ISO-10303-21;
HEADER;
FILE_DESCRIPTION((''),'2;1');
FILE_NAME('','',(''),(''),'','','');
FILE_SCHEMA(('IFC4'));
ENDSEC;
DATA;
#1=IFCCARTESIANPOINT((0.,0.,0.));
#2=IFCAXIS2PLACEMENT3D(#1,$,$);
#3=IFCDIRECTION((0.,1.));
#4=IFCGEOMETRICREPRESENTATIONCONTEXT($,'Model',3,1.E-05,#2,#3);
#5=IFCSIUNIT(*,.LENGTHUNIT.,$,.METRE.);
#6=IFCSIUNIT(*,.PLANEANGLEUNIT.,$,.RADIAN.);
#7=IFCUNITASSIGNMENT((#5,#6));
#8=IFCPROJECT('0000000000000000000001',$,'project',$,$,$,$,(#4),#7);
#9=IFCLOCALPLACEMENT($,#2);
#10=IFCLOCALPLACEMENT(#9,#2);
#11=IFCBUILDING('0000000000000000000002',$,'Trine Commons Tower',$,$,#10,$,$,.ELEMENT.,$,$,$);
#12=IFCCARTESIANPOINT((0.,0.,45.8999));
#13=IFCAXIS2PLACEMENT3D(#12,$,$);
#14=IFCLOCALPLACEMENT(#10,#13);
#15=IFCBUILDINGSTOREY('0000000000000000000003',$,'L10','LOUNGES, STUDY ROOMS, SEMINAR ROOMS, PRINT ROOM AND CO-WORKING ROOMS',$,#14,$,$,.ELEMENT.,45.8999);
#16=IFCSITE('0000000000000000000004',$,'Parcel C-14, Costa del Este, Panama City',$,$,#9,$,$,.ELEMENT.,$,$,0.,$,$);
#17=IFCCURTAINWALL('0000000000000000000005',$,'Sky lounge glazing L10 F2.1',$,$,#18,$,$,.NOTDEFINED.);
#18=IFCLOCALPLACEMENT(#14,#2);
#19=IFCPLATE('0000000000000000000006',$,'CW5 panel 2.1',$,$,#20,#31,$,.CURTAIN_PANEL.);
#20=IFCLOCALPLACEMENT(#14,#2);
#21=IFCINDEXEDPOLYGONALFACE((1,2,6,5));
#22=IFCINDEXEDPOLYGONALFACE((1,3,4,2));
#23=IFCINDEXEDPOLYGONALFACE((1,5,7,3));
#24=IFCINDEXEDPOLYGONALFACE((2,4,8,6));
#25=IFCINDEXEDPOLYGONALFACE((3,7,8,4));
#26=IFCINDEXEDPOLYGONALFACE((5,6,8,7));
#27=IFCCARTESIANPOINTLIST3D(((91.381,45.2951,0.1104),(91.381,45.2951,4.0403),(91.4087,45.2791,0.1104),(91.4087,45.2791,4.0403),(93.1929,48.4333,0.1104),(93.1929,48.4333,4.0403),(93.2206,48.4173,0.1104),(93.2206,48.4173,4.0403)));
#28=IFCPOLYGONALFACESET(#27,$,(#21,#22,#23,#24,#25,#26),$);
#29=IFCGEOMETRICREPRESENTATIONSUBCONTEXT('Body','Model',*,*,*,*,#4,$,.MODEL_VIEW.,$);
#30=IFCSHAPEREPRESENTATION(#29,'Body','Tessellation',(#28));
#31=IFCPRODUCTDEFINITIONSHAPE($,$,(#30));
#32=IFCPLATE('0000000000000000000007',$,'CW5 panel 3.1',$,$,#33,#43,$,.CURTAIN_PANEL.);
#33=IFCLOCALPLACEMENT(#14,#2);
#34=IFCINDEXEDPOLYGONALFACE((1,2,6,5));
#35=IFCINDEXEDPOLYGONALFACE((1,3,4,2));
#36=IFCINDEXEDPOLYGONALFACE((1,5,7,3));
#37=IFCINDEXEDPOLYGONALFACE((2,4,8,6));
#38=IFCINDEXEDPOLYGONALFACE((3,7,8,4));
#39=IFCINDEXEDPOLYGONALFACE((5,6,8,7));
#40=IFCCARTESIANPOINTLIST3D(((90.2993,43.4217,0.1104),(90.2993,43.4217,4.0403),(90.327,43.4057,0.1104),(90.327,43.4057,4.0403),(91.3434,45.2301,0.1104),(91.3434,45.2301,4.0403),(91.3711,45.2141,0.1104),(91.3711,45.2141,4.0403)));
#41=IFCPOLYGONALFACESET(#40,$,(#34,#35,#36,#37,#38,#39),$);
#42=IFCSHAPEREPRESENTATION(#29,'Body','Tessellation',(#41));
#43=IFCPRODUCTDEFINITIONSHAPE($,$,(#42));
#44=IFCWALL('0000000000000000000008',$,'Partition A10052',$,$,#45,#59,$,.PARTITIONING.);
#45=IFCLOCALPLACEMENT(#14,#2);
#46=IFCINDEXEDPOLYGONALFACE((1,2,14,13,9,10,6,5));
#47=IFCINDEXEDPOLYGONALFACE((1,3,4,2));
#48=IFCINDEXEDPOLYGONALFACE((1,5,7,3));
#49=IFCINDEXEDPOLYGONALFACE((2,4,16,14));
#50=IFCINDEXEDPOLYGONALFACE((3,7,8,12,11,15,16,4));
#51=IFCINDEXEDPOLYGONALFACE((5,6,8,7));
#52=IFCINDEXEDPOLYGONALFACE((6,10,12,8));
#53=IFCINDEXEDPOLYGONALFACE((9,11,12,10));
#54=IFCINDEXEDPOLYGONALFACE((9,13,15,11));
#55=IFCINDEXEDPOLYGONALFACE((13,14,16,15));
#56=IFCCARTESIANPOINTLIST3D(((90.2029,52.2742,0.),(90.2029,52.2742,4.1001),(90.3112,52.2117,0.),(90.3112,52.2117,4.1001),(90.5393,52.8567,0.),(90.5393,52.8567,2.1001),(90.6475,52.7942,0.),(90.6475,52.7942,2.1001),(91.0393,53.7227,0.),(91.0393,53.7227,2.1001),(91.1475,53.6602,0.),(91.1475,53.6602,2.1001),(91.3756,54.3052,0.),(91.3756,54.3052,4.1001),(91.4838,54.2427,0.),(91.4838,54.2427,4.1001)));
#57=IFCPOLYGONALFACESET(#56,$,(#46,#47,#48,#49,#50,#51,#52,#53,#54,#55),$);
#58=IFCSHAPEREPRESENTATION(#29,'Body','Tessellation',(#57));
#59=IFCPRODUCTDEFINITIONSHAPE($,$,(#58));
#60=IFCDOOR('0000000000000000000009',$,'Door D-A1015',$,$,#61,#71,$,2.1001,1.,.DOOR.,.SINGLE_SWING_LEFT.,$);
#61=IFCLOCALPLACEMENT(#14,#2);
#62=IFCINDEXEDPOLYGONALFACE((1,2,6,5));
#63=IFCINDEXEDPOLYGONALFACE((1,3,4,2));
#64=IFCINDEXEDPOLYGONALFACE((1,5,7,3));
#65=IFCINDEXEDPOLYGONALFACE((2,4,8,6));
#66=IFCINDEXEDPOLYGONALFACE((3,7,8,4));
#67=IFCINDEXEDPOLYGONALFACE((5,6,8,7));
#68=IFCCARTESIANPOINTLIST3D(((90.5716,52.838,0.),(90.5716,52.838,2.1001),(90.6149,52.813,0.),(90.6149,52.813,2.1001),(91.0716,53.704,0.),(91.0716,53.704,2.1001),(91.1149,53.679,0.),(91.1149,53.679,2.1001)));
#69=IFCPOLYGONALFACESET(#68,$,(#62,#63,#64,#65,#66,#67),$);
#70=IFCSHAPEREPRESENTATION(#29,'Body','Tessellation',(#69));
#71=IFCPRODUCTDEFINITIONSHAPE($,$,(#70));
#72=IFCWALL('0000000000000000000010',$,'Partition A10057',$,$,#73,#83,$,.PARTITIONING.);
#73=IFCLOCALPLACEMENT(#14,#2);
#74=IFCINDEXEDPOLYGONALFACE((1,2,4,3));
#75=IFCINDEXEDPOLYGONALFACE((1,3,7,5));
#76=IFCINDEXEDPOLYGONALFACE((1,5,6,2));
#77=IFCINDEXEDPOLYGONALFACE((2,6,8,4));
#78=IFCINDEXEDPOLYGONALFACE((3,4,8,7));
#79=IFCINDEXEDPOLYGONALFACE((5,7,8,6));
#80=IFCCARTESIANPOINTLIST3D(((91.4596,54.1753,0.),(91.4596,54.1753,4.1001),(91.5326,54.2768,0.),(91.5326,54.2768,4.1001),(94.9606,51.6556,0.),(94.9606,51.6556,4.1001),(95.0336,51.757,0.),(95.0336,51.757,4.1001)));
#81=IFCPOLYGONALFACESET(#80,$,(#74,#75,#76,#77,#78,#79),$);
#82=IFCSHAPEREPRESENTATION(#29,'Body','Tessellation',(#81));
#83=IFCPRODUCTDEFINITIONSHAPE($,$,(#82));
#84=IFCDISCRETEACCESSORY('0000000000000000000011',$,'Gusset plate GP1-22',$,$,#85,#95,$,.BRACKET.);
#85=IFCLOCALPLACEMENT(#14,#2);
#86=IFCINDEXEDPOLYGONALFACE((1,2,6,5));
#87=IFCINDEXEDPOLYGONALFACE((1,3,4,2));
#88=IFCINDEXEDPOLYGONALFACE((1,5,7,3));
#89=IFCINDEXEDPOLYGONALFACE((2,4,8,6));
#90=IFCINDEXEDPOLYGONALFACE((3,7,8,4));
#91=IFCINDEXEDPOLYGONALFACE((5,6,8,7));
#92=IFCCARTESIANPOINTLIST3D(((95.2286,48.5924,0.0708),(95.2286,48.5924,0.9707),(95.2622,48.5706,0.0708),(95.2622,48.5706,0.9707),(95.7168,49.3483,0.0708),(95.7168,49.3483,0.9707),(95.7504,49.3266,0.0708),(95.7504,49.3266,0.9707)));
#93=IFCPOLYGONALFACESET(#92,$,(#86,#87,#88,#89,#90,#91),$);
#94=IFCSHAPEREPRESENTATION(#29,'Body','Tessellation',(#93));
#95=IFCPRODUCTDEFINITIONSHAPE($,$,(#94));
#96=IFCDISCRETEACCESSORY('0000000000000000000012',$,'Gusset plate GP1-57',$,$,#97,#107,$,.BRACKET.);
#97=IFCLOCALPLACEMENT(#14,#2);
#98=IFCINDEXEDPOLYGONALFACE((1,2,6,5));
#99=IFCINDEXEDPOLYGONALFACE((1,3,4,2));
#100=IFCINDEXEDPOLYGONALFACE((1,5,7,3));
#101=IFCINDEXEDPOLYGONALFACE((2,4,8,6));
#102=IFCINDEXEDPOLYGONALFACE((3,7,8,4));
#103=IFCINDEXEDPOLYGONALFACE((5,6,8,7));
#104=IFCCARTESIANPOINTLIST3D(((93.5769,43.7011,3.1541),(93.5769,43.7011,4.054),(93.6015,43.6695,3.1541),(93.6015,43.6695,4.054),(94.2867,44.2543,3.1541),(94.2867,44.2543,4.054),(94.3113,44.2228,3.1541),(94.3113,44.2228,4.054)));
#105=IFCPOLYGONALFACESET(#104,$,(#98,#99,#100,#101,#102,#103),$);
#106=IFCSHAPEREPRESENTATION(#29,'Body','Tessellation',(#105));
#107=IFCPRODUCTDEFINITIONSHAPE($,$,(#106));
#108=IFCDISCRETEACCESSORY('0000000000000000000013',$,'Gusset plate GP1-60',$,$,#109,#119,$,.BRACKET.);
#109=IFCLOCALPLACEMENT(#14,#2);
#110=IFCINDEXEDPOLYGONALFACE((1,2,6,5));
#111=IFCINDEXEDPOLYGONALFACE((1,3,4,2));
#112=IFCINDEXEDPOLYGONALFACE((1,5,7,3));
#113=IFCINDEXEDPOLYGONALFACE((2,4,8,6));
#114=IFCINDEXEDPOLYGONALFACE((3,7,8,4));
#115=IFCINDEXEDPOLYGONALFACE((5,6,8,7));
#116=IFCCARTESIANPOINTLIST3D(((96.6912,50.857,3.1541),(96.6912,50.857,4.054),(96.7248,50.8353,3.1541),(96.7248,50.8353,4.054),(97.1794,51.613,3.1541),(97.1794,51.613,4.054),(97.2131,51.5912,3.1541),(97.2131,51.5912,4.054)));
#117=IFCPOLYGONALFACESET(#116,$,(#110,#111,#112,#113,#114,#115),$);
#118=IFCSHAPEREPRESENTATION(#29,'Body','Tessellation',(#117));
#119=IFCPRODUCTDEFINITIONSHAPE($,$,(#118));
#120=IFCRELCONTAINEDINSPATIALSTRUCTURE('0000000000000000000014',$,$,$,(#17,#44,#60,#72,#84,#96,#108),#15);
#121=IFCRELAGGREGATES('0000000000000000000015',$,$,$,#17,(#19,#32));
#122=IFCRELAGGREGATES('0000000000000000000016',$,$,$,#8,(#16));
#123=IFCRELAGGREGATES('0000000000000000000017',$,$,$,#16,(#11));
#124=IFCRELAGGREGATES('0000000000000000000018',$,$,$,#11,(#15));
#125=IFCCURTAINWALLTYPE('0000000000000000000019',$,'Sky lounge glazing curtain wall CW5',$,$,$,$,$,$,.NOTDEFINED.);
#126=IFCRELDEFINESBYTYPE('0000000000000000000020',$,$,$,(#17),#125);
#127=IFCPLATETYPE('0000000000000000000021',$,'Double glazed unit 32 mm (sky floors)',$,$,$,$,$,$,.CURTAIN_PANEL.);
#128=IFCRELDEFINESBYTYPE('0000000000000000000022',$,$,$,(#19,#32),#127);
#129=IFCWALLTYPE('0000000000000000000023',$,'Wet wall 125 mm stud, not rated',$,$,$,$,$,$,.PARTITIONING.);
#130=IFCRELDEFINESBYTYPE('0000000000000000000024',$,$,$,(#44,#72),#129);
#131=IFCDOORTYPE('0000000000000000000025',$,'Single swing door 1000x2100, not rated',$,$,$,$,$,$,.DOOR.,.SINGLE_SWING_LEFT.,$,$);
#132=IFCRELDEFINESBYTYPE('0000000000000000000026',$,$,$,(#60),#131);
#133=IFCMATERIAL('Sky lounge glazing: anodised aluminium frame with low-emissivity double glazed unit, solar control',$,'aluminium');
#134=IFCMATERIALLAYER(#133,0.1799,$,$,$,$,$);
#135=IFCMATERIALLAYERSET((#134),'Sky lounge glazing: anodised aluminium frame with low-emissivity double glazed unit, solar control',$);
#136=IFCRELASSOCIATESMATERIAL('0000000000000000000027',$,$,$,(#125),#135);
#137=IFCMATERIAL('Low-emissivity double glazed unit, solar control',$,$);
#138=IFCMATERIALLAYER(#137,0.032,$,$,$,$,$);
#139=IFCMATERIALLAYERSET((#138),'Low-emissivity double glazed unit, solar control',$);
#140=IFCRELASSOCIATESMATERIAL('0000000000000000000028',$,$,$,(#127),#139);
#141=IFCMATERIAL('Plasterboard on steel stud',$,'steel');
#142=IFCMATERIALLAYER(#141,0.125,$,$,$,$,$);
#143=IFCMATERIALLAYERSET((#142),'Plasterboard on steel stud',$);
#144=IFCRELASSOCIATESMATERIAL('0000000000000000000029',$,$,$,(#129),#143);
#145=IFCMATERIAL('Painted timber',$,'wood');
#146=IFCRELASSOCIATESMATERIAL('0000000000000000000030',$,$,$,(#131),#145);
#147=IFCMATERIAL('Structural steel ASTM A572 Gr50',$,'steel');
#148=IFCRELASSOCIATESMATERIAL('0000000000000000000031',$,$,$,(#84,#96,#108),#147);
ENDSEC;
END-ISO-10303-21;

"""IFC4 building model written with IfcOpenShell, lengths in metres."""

from ifc_helpers import new_model, si_unit, direction, frame, frame_2d, origin, origin_2d, place, context, subcontext, project, spatial, rectangle, extrude, material, layer, layer_set, type_object, element, fill, aggregate, save


model = new_model("IFC4")

# Units and contexts
model_context = context("Model", 3, precision=1e-05, world=origin(), true_north=direction((0.0, 1.0)))
body_context = subcontext(model_context, "Body", "Model", "MODEL_VIEW")
ifc_project = project(units=[si_unit("LENGTHUNIT", "METRE"), si_unit("PLANEANGLEUNIT", "RADIAN")], contexts=[model_context])

# Site, building, storey
site_placement = place(None, origin())
site = spatial("IfcSite", under=ifc_project, at=site_placement, Name="Parcel C-14, Costa del Este, Panama City", CompositionType="ELEMENT", RefElevation=0.0)
building_placement = place(site_placement, origin())
building = spatial("IfcBuilding", under=site, at=building_placement, Name="Trine Commons Tower", CompositionType="ELEMENT")
storey_placement = place(building_placement, frame((0.0, 0.0, 45.8999)))
storey = spatial("IfcBuildingStorey", under=building, at=storey_placement, Name="L10", Description="LOUNGES, STUDY ROOMS, SEMINAR ROOMS, PRINT ROOM AND CO-WORKING ROOMS", CompositionType="ELEMENT", Elevation=45.8999)

# Curtain wall
ifc_material_1 = material(Name="Sky lounge glazing: anodised aluminium frame with low-emissivity double glazed unit, solar control", Category="aluminium")
ifc_layer_1 = layer(ifc_material_1, 0.1799)
ifc_layer_set_1 = layer_set([ifc_layer_1], Name="Sky lounge glazing: anodised aluminium frame with low-emissivity double glazed unit, solar control")
curtain_wall_type = type_object("IfcCurtainWallType", Name="Sky lounge glazing curtain wall CW5", PredefinedType="NOTDEFINED", material=ifc_layer_set_1)
curtain_wall_placement = place(storey_placement, origin())
curtain_wall = element("IfcCurtainWall", 1, at=curtain_wall_placement, inside=storey, type_object=curtain_wall_type, Name="Sky lounge glazing L10 F2.1", PredefinedType="NOTDEFINED")

# Plates
ifc_material_2 = material(Name="Low-emissivity double glazed unit, solar control")
ifc_layer_2 = layer(ifc_material_2, 0.032)
ifc_layer_set_2 = layer_set([ifc_layer_2], Name="Low-emissivity double glazed unit, solar control")
plate_type = type_object("IfcPlateType", Name="Double glazed unit 32 mm (sky floors)", PredefinedType="CURTAIN_PANEL", material=ifc_layer_set_2)
plate_1_placement = place(storey_placement, frame((92.3008, 46.8562, 0.1104), z_axis=(0.0, 0.0, 1.0), x_axis=(-0.5, -0.866025, 0.0)))
plate_1 = element("IfcPlate", 2, at=plate_1_placement, type_object=plate_type, Name="CW5 panel 2.1", PredefinedType="CURTAIN_PANEL", context=body_context, shape_type="SweptSolid", body=[
    extrude(rectangle(XDim=3.6238, YDim=0.032, at=origin_2d()), origin(), (0.0, 0.0, 1.0), 3.9299),
])
plate_2_placement = place(storey_placement, frame((90.8352, 44.3179, 0.1104), z_axis=(0.0, 0.0, 1.0), x_axis=(-0.5, -0.866025, 0.0)))
plate_2 = element("IfcPlate", 3, at=plate_2_placement, type_object=plate_type, Name="CW5 panel 3.1", PredefinedType="CURTAIN_PANEL", context=body_context, shape_type="SweptSolid", body=[
    extrude(rectangle(XDim=2.0881, YDim=0.032, at=origin_2d()), origin(), (0.0, 0.0, 1.0), 3.9299),
])
aggregate(curtain_wall, [plate_1, plate_2])

# Wall, opening, door
ifc_material_3 = material(Name="Plasterboard on steel stud", Category="steel")
ifc_layer_3 = layer(ifc_material_3, 0.125)
ifc_layer_set_3 = layer_set([ifc_layer_3], Name="Plasterboard on steel stud")
wall_type = type_object("IfcWallType", Name="Wet wall 125 mm stud, not rated", PredefinedType="PARTITIONING", material=ifc_layer_set_3)
wall_1_placement = place(storey_placement, frame((91.4297, 54.2739, 0.0), z_axis=(0.0, 0.0, 1.0), x_axis=(-0.500002, -0.866024, 0.0)))
wall_1 = element("IfcWall", 4, at=wall_1_placement, inside=storey, type_object=wall_type, Name="Partition A10052", PredefinedType="PARTITIONING", context=body_context, shape_type="SweptSolid", body=[
    extrude(rectangle(XDim=2.3452, YDim=0.125, at=frame_2d((1.1726, 0.0))), origin(), (0.0, 0.0, 1.0), 4.1001),
])
opening_placement = place(wall_1_placement, frame((0.6726, 0.0, 0.0)))
opening = element("IfcOpeningElement", 5, at=opening_placement, cuts=wall_1, PredefinedType="OPENING", context=body_context, shape_type="SweptSolid", body=[
    extrude(rectangle(XDim=1.0, YDim=2.1001, at=frame_2d((0.5, 1.05))), frame((0.0, 0.0725, 0.0), z_axis=(0.0, -1.0, 0.0), x_axis=(1.0, 0.0, 0.0)), (0.0, 0.0, 1.0), 0.145),
])
ifc_material_4 = material(Name="Painted timber", Category="wood")
door_type = type_object("IfcDoorType", Name="Single swing door 1000x2100, not rated", OperationType="SINGLE_SWING_LEFT", PredefinedType="DOOR", material=ifc_material_4)
door_placement = place(opening_placement, origin())
door = element("IfcDoor", 6, at=door_placement, inside=storey, type_object=door_type, Name="Door D-A1015", OperationType="SINGLE_SWING_LEFT", OverallHeight=2.1001, OverallWidth=1.0, PredefinedType="DOOR", context=body_context, shape_type="SweptSolid", body=[
    extrude(rectangle(XDim=1.0, YDim=2.1001, at=frame_2d((0.5, 1.05))), frame((0.0, 0.0249, 0.0), z_axis=(0.0, -1.0, 0.0), x_axis=(1.0, 0.0, 0.0)), (0.0, 0.0, 1.0), 0.05),
])
fill(opening, door)

# Wall
wall_2_placement = place(storey_placement, frame((91.4961, 54.2261, 0.0), z_axis=(0.0, 0.0, 1.0), x_axis=(0.811636, -0.584163, 0.0)))
element("IfcWall", 7, at=wall_2_placement, inside=storey, type_object=wall_type, Name="Partition A10057", PredefinedType="PARTITIONING", context=body_context, shape_type="SweptSolid", body=[
    extrude(rectangle(XDim=4.3135, YDim=0.125, at=frame_2d((2.1567, 0.0))), origin(), (0.0, 0.0, 1.0), 4.1001),
])

# Discrete accessories
ifc_material_5 = material(Name="Structural steel ASTM A572 Gr50", Category="steel")
for number, where, z_axis, x_axis, name in (
    (8, (95.4895, 48.9595, 0.0708), (0.0, 0.0, 1.0), (0.542544, 0.840027, 0.0), "Gusset plate GP1-22"),
    (9, (93.9441, 43.9619, 3.1541), (0.0, 0.0, 1.0), (0.788687, 0.614795, 0.0), "Gusset plate GP1-57"),
    (10, (96.9521, 51.2241, 3.1541), (0.0, 0.0, 1.0), (0.542544, 0.840027, 0.0), "Gusset plate GP1-60"),
):
    element("IfcDiscreteAccessory", number, at=place(storey_placement, frame(where, z_axis=z_axis, x_axis=x_axis)), inside=storey, material=ifc_material_5, Name=name, PredefinedType="BRACKET", context=body_context, shape_type="SweptSolid", body=[
        extrude(rectangle(XDim=0.8999, YDim=0.04, at=origin_2d()), origin(), (0.0, 0.0, 1.0), 0.8999),
    ])

save(model, "model.ifc")
